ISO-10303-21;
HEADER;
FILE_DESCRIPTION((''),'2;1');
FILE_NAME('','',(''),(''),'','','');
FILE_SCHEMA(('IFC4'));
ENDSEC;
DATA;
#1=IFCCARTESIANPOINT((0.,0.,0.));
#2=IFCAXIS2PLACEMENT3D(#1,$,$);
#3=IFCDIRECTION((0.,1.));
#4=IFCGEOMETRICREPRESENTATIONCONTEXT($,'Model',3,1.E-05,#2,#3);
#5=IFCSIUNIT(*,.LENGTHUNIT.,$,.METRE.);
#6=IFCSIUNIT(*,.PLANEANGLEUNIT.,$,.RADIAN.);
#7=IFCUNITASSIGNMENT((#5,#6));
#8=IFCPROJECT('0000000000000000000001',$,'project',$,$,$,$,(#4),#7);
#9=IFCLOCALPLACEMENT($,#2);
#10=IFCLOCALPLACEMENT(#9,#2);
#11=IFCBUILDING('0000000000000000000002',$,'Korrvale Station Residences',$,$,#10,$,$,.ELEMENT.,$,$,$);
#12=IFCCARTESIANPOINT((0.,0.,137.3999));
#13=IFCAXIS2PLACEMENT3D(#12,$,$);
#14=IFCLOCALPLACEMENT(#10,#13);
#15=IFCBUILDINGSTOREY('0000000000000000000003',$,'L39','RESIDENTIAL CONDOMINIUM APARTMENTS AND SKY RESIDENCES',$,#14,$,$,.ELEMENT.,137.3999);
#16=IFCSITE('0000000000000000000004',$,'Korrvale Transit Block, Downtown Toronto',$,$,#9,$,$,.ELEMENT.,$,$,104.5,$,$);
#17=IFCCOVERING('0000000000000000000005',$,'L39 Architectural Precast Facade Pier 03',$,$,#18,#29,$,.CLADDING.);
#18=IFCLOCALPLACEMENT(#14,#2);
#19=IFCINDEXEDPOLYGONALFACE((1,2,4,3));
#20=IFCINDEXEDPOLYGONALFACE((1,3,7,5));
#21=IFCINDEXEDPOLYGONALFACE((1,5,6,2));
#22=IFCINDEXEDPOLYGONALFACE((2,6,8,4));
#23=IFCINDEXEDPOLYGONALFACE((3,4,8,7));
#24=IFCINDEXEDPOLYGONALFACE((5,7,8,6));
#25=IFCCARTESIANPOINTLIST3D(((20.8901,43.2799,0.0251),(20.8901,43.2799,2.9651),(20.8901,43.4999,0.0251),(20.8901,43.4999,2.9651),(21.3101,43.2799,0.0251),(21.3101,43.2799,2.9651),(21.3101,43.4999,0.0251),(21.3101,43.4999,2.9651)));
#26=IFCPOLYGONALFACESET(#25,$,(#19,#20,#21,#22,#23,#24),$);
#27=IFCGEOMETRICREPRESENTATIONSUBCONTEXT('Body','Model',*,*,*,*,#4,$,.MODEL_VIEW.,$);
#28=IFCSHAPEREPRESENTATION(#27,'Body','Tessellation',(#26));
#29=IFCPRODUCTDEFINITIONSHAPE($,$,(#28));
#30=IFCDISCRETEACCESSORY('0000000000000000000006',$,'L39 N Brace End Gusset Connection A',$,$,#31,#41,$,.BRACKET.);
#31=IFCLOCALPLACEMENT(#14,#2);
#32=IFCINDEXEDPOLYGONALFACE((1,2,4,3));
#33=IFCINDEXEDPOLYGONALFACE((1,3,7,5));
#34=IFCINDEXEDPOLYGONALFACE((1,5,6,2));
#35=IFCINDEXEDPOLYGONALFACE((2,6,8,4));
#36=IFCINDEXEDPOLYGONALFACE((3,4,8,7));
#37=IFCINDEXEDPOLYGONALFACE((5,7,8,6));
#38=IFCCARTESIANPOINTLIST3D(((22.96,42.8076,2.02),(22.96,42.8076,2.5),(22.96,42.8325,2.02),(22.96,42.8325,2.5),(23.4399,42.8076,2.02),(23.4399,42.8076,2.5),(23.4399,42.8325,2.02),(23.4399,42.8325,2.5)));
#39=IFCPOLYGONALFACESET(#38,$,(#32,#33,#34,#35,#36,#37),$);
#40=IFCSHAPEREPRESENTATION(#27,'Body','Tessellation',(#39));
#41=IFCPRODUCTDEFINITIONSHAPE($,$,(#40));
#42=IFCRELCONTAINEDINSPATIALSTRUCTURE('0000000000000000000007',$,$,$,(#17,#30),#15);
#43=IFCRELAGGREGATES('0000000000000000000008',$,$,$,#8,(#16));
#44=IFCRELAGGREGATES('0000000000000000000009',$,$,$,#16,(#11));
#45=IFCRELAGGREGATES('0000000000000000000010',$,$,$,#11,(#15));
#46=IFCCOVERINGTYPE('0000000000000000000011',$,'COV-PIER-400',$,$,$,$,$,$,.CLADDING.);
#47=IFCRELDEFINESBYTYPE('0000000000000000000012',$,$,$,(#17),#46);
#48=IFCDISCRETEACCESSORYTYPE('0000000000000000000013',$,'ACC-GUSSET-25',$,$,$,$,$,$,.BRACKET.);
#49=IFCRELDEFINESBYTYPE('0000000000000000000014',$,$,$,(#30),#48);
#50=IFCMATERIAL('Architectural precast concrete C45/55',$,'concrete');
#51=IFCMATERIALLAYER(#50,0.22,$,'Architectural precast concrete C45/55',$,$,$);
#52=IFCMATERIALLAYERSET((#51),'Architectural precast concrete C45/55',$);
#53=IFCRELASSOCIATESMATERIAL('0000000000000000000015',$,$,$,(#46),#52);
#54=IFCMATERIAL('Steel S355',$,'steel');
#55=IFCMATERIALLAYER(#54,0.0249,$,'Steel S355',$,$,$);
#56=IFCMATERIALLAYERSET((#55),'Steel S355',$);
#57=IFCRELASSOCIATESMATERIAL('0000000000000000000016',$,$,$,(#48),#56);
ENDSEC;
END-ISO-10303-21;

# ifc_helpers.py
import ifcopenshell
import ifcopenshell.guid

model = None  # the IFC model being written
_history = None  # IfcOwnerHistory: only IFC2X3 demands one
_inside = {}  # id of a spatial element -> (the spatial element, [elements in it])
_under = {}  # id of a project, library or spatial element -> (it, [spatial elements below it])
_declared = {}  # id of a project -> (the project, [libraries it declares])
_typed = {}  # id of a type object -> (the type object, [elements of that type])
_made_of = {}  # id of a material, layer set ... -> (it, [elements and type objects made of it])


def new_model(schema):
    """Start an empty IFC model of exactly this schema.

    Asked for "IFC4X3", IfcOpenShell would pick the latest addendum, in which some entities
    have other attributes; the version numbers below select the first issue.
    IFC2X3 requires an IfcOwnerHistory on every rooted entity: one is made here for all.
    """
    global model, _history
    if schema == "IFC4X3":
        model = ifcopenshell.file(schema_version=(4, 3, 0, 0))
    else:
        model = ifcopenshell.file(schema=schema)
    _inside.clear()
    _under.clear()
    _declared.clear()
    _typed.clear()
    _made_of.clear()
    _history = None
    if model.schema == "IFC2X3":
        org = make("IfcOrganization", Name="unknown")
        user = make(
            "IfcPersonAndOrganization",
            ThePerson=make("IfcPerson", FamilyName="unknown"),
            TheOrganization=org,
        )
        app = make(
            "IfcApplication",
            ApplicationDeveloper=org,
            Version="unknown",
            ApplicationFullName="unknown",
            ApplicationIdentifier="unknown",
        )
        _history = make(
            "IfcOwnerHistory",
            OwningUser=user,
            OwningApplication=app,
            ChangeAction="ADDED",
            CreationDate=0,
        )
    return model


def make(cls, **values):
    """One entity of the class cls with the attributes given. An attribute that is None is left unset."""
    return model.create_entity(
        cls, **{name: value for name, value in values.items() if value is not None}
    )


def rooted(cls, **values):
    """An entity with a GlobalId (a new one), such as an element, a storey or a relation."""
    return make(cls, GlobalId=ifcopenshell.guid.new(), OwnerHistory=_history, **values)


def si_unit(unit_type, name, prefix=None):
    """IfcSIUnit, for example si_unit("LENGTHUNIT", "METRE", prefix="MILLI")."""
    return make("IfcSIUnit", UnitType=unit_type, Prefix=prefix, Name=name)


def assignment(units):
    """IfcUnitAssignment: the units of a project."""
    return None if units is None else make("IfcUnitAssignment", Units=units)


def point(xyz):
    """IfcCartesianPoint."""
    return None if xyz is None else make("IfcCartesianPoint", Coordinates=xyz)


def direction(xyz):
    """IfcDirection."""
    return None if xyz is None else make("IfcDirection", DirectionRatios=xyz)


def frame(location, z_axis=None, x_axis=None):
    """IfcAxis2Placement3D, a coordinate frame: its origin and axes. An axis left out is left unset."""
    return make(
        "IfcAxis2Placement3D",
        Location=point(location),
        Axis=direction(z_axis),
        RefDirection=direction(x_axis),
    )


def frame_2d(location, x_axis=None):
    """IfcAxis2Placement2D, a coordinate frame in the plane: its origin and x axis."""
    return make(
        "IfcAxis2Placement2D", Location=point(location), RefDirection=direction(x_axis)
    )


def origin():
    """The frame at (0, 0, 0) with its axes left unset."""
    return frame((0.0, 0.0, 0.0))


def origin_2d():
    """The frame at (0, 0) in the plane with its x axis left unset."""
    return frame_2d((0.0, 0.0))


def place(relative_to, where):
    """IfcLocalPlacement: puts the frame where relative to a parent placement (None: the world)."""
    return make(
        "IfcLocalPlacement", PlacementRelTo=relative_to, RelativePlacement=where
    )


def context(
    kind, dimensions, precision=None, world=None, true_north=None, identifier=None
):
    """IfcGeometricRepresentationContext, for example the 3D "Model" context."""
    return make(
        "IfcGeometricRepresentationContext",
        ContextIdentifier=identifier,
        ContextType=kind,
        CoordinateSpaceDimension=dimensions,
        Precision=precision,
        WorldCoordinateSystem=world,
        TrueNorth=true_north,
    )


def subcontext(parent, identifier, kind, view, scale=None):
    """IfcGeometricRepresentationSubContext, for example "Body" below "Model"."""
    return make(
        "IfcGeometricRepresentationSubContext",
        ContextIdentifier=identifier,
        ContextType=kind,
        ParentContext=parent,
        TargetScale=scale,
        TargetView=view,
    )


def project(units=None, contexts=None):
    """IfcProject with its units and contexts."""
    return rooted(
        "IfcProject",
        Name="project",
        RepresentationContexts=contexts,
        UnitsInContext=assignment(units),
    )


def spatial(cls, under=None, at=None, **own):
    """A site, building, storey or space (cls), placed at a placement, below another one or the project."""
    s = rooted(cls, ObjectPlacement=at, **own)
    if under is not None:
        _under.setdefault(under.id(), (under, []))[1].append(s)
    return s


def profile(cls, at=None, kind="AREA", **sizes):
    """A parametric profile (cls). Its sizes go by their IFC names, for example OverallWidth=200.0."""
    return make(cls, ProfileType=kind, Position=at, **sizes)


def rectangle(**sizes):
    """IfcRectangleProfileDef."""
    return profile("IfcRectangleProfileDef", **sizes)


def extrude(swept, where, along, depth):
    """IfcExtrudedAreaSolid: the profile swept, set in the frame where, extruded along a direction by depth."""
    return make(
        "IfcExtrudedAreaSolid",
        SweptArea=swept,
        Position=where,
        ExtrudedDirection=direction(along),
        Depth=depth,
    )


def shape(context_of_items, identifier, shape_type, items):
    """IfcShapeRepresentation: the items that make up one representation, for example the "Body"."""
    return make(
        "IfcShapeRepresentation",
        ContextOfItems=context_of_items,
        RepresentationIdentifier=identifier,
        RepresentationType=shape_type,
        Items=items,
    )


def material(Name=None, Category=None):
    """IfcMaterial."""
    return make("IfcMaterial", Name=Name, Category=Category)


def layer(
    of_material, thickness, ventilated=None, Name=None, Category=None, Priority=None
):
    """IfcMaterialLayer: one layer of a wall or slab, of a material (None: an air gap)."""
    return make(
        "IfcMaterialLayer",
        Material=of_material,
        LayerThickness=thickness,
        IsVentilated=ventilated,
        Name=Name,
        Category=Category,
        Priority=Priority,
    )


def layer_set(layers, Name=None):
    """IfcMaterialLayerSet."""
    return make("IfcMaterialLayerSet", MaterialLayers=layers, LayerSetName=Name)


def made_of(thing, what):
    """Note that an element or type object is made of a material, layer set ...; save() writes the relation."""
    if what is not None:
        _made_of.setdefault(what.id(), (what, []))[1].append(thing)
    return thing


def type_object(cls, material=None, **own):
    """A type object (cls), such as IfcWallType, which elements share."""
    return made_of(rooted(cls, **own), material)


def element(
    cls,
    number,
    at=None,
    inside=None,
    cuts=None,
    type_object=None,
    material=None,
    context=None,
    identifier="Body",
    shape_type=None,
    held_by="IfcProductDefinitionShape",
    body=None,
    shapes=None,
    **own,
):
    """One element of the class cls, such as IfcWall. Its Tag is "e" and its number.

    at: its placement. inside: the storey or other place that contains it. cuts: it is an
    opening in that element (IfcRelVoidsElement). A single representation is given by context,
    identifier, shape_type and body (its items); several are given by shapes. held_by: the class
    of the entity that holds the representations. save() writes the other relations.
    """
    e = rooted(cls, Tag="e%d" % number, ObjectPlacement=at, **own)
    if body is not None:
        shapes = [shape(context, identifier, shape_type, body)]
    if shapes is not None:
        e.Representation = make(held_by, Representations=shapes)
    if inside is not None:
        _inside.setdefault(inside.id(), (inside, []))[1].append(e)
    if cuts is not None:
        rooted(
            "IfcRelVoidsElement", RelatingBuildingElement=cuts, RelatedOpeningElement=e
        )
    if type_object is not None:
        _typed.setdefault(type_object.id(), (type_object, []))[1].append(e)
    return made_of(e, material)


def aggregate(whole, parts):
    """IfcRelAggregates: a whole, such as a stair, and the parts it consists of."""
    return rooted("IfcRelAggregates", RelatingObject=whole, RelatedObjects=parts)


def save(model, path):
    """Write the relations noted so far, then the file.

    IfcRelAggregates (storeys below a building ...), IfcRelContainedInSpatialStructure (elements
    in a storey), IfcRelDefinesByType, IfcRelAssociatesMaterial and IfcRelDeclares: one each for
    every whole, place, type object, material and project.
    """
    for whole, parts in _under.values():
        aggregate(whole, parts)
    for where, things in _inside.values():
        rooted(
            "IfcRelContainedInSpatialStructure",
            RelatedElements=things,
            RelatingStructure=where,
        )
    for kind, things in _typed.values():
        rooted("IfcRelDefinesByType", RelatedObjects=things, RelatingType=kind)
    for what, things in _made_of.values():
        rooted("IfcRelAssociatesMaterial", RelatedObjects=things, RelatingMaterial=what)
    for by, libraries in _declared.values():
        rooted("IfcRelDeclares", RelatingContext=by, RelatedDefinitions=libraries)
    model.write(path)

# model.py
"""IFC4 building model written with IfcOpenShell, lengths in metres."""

from ifc_helpers import new_model, si_unit, direction, frame, origin, origin_2d, place, context, subcontext, project, spatial, rectangle, extrude, material, layer, layer_set, type_object, element, save


model = new_model("IFC4")

# Units and contexts
model_context = context("Model", 3, precision=1e-05, world=origin(), true_north=direction((0.0, 1.0)))
body_context = subcontext(model_context, "Body", "Model", "MODEL_VIEW")
ifc_project = project(units=[si_unit("LENGTHUNIT", "METRE"), si_unit("PLANEANGLEUNIT", "RADIAN")], contexts=[model_context])

# Site, building, storey
site_placement = place(None, origin())
site = spatial("IfcSite", under=ifc_project, at=site_placement, Name="Korrvale Transit Block, Downtown Toronto", CompositionType="ELEMENT", RefElevation=104.5)
building_placement = place(site_placement, origin())
building = spatial("IfcBuilding", under=site, at=building_placement, Name="Korrvale Station Residences", CompositionType="ELEMENT")
storey_placement = place(building_placement, frame((0.0, 0.0, 137.3999)))
storey = spatial("IfcBuildingStorey", under=building, at=storey_placement, Name="L39", Description="RESIDENTIAL CONDOMINIUM APARTMENTS AND SKY RESIDENCES", CompositionType="ELEMENT", Elevation=137.3999)

# Covering
ifc_material_1 = material(Name="Architectural precast concrete C45/55", Category="concrete")
ifc_layer_1 = layer(ifc_material_1, 0.22, Name="Architectural precast concrete C45/55")
ifc_layer_set_1 = layer_set([ifc_layer_1], Name="Architectural precast concrete C45/55")
covering_type = type_object("IfcCoveringType", Name="COV-PIER-400", PredefinedType="CLADDING", material=ifc_layer_set_1)
covering_placement = place(storey_placement, frame((21.1001, 43.3899, 0.0251), z_axis=(0.0, 0.0, 1.0), x_axis=(1.0, 0.0, 0.0)))
element("IfcCovering", 1, at=covering_placement, inside=storey, type_object=covering_type, Name="L39 Architectural Precast Facade Pier 03", PredefinedType="CLADDING", context=body_context, shape_type="SweptSolid", body=[
    extrude(rectangle(XDim=0.4199, YDim=0.22, at=origin_2d()), origin(), (0.0, 0.0, 1.0), 2.9399),
])

# Discrete accessory
ifc_material_2 = material(Name="Steel S355", Category="steel")
ifc_layer_2 = layer(ifc_material_2, 0.0249, Name="Steel S355")
ifc_layer_set_2 = layer_set([ifc_layer_2], Name="Steel S355")
discrete_accessory_type = type_object("IfcDiscreteAccessoryType", Name="ACC-GUSSET-25", PredefinedType="BRACKET", material=ifc_layer_set_2)
discrete_accessory_placement = place(storey_placement, frame((23.2, 42.8201, 2.02), z_axis=(0.0, 0.0, 1.0), x_axis=(1.0, 0.0, 0.0)))
element("IfcDiscreteAccessory", 2, at=discrete_accessory_placement, inside=storey, type_object=discrete_accessory_type, Name="L39 N Brace End Gusset Connection A", PredefinedType="BRACKET", context=body_context, shape_type="SweptSolid", body=[
    extrude(rectangle(XDim=0.48, YDim=0.0249, at=origin_2d()), origin(), (0.0, 0.0, 1.0), 0.48),
])

save(model, "model.ifc")
